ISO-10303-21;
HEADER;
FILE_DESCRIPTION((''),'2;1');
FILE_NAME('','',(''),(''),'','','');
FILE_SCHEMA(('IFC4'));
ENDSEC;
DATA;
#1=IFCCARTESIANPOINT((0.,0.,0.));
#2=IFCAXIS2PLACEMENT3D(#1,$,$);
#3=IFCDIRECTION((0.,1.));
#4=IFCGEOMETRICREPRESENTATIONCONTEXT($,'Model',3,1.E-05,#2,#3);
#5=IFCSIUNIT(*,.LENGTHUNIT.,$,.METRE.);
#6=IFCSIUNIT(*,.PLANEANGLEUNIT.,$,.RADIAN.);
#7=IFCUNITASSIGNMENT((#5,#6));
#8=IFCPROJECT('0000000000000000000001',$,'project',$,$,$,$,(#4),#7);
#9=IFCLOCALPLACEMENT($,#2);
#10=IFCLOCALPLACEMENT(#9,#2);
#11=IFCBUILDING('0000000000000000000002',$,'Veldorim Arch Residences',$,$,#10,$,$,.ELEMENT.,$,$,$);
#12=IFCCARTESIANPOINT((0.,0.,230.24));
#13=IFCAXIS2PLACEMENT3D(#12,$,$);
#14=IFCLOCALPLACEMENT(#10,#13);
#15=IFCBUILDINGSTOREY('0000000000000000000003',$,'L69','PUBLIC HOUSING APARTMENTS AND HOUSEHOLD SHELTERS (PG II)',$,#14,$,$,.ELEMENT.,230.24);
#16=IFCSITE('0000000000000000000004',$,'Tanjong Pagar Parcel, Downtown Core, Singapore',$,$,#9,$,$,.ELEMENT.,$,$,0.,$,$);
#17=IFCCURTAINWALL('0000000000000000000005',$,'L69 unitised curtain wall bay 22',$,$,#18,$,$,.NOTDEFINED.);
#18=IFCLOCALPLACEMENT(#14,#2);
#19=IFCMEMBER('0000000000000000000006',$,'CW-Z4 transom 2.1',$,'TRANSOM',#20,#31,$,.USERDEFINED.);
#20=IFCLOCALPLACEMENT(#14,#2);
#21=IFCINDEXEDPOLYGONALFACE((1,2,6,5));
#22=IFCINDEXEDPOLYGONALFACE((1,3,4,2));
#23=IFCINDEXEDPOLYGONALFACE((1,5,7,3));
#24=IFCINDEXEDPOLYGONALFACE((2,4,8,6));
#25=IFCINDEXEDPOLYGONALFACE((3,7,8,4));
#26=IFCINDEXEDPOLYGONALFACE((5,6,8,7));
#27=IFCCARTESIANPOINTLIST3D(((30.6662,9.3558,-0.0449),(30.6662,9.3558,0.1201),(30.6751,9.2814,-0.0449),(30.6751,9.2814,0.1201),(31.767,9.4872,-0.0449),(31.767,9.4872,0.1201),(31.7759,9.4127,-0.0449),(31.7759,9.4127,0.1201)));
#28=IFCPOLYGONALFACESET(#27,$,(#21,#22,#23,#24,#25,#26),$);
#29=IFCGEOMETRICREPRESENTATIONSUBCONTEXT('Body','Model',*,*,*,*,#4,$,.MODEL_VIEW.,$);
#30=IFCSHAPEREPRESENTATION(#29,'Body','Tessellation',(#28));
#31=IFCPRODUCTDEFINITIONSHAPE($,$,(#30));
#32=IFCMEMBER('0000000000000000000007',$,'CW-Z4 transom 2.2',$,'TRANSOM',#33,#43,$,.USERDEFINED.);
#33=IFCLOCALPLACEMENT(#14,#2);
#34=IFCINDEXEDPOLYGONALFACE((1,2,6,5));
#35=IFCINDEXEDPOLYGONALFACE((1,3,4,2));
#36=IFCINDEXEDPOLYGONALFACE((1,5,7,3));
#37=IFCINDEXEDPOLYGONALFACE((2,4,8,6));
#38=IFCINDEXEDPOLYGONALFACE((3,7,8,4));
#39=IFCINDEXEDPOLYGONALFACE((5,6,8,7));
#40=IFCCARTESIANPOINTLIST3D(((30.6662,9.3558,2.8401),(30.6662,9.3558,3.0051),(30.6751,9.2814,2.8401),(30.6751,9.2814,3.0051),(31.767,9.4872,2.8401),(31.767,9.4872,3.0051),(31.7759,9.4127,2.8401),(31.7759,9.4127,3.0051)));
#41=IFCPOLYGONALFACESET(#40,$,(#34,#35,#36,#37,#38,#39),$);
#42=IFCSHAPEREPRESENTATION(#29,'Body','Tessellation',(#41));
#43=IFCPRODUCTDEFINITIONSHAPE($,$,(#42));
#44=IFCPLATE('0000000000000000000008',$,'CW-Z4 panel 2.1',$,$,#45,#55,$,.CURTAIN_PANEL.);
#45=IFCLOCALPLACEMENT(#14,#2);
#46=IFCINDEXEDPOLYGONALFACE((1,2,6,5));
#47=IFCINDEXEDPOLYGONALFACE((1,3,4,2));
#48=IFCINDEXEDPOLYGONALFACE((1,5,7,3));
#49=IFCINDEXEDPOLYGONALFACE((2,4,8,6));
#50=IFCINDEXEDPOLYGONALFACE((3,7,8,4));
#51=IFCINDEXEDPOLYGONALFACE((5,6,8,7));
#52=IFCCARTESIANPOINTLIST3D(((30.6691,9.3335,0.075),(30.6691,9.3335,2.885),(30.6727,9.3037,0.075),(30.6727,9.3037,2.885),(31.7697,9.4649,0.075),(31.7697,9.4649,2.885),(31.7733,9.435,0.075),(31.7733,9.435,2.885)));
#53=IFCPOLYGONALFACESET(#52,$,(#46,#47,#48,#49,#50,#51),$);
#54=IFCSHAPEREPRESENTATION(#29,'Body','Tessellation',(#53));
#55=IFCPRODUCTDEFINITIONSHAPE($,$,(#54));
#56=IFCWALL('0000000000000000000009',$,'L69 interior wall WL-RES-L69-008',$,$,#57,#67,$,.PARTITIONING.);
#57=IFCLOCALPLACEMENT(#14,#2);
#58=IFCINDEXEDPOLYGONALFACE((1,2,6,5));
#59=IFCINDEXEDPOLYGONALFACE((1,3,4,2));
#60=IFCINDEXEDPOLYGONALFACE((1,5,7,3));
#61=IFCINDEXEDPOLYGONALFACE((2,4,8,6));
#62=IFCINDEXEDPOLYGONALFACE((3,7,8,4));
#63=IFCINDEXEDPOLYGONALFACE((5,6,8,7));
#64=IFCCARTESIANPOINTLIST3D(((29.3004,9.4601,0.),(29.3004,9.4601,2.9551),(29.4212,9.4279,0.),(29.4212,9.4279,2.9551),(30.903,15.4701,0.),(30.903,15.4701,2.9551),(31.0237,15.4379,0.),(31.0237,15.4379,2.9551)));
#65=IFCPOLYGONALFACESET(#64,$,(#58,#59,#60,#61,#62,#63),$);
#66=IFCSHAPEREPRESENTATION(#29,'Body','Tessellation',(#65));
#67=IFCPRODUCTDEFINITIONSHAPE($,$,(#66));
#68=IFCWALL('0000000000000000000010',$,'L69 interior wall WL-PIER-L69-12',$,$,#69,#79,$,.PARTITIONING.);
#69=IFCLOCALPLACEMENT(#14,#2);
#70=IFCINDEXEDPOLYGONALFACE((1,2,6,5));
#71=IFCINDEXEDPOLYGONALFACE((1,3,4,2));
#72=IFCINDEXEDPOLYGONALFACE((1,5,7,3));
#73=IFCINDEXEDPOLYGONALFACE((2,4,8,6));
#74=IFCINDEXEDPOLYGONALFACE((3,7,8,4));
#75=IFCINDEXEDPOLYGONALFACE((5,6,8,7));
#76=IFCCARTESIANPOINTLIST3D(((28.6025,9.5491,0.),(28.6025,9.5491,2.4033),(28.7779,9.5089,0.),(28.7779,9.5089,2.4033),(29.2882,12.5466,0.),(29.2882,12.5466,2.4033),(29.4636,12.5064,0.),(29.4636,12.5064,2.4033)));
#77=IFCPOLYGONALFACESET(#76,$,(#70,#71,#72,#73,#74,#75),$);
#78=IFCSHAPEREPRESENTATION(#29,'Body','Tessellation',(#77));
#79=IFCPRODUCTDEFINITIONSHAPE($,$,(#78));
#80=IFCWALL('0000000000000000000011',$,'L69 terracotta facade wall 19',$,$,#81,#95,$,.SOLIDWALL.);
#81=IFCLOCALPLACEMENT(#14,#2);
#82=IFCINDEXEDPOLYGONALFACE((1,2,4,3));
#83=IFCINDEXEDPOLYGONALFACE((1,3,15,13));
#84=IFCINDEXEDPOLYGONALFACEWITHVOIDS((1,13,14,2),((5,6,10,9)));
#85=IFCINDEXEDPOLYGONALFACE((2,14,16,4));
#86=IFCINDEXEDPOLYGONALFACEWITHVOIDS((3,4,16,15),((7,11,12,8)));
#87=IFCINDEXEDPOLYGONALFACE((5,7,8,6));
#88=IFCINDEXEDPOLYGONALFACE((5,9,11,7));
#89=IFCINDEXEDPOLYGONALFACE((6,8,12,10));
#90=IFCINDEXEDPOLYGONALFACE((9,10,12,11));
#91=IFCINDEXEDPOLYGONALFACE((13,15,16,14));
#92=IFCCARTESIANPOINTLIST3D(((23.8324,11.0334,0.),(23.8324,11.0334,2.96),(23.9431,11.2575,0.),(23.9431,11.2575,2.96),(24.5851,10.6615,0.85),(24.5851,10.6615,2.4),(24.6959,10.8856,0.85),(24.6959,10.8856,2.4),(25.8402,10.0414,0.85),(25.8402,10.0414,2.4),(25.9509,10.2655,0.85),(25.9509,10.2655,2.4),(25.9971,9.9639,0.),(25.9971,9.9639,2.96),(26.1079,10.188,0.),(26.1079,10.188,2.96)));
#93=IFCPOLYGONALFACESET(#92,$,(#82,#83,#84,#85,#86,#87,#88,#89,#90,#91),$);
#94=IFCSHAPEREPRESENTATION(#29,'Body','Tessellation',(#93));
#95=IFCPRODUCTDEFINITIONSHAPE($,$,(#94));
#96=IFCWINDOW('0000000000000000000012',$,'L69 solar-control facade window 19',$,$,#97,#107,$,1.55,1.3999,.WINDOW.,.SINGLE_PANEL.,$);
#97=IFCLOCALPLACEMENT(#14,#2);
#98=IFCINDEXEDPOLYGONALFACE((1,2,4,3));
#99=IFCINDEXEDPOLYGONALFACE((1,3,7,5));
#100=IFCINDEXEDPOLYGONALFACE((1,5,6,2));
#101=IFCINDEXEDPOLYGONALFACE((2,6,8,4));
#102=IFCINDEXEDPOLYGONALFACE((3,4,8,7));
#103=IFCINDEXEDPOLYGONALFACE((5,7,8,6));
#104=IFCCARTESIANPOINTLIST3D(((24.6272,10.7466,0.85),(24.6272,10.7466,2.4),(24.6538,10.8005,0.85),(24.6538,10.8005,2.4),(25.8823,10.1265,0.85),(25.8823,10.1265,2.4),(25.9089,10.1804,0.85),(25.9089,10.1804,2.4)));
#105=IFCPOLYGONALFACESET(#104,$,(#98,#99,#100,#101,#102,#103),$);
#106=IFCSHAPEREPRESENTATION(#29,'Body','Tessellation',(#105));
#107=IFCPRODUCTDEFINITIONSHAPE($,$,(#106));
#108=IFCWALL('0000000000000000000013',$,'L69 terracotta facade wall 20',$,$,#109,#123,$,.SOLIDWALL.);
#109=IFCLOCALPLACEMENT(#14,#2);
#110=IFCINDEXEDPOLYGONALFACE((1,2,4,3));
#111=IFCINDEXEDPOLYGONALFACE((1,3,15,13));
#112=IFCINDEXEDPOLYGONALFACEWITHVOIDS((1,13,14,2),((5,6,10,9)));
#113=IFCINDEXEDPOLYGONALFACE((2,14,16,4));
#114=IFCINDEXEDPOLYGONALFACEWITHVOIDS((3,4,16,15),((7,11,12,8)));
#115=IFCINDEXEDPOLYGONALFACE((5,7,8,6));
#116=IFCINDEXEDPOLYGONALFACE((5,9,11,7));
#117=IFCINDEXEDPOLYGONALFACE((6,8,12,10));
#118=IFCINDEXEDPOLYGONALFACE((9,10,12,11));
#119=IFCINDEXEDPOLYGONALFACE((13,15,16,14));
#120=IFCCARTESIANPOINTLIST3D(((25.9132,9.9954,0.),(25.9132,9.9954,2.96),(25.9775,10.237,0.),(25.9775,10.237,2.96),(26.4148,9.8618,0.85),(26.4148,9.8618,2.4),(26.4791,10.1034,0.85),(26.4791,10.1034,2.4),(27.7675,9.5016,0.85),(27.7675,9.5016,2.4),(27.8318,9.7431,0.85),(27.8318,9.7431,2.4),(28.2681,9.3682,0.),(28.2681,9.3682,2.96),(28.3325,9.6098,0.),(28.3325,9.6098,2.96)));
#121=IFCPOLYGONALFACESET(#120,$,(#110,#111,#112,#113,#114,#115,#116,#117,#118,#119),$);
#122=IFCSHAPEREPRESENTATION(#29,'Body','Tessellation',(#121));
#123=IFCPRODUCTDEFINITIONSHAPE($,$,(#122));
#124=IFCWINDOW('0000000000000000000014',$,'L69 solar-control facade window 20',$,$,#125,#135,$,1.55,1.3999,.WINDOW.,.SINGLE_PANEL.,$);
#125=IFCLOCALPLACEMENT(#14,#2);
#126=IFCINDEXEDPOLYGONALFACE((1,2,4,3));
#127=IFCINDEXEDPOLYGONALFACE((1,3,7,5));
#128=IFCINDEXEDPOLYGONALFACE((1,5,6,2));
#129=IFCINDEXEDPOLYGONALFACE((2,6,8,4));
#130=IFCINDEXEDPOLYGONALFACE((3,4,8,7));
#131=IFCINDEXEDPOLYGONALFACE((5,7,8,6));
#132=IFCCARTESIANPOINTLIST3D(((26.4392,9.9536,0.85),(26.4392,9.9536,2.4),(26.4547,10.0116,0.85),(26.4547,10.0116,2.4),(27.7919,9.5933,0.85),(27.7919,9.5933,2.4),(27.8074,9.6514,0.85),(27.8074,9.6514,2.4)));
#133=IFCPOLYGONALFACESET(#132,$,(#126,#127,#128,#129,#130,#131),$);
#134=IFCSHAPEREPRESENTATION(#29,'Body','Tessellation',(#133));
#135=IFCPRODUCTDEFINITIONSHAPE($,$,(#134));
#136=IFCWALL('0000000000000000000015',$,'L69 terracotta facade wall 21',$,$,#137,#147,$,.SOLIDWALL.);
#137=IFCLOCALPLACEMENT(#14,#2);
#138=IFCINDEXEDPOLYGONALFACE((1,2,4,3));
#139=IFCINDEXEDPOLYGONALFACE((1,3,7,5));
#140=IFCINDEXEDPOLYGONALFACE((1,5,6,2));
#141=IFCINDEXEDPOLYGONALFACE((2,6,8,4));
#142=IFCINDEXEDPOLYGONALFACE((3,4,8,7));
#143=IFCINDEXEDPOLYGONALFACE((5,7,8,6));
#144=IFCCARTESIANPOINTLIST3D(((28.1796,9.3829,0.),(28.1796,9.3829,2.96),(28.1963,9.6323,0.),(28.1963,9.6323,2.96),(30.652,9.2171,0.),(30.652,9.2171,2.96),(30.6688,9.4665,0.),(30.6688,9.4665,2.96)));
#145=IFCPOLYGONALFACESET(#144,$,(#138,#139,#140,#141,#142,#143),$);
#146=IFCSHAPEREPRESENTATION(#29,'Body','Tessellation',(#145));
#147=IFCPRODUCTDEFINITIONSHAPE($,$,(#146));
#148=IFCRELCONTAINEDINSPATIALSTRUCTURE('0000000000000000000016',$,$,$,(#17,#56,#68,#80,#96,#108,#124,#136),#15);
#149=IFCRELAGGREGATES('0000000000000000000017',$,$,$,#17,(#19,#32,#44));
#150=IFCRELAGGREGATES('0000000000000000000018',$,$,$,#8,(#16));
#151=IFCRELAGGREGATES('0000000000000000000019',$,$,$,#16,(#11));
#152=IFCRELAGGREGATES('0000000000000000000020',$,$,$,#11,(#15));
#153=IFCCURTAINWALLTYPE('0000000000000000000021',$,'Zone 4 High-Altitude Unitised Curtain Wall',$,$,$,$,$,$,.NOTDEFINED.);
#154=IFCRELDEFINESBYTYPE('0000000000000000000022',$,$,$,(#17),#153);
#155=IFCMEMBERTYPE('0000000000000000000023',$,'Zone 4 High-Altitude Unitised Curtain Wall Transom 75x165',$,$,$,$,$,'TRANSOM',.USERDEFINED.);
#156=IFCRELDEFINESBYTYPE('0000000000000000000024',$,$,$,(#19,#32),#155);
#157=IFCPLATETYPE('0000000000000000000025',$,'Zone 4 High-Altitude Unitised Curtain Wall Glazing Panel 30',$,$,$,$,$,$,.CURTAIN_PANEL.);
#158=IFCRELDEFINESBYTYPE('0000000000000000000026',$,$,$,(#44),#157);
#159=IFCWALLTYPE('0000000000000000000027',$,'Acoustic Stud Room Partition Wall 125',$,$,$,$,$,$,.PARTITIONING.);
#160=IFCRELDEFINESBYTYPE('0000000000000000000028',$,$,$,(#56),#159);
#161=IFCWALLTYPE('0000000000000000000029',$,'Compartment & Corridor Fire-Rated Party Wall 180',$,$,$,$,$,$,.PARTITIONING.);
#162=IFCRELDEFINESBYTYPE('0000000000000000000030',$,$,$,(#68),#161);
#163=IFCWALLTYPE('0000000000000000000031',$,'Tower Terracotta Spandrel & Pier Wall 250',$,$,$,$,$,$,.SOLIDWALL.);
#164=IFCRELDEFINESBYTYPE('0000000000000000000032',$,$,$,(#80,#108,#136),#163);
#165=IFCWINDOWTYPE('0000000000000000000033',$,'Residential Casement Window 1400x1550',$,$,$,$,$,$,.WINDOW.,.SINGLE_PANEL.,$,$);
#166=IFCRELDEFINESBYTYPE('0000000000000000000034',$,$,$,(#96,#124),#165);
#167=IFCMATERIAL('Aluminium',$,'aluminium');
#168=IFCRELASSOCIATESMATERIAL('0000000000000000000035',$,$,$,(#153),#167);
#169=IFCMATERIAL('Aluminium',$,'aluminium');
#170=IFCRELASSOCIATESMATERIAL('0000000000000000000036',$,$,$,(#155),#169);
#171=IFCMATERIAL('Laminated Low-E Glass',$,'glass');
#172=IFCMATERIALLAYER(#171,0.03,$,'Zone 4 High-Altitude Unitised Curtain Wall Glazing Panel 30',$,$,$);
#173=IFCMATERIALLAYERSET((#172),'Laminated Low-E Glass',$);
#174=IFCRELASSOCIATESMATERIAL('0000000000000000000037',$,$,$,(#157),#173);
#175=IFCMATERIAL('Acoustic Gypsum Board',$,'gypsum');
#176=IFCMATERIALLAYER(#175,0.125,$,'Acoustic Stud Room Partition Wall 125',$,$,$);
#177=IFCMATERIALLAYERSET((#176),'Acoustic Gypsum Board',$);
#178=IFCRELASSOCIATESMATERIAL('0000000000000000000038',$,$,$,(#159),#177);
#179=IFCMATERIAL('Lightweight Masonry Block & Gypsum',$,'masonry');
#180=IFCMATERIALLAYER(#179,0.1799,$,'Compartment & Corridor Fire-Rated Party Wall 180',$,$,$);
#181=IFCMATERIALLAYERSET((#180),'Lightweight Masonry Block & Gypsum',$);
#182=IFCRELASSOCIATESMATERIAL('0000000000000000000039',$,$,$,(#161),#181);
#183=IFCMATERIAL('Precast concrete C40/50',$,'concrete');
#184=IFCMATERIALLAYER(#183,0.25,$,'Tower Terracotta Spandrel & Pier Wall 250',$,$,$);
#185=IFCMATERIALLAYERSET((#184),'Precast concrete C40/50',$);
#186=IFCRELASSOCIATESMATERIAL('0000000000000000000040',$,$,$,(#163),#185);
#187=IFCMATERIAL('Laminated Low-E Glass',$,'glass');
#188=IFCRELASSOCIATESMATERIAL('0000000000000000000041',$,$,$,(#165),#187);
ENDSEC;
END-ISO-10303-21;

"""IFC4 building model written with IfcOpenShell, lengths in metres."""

from ifc_helpers import new_model, si_unit, direction, frame, frame_2d, origin, origin_2d, place, context, subcontext, project, spatial, rectangle, extrude, material, layer, layer_set, material_profile, profile_set, type_object, element, fill, aggregate, save


model = new_model("IFC4")

# Units and contexts
model_context = context("Model", 3, precision=1e-05, world=origin(), true_north=direction((0.0, 1.0)))
body_context = subcontext(model_context, "Body", "Model", "MODEL_VIEW")
ifc_project = project(units=[si_unit("LENGTHUNIT", "METRE"), si_unit("PLANEANGLEUNIT", "RADIAN")], contexts=[model_context])

# Site, building, storey
site_placement = place(None, origin())
site = spatial("IfcSite", under=ifc_project, at=site_placement, Name="Tanjong Pagar Parcel, Downtown Core, Singapore", CompositionType="ELEMENT", RefElevation=0.0)
building_placement = place(site_placement, origin())
building = spatial("IfcBuilding", under=site, at=building_placement, Name="Veldorim Arch Residences", CompositionType="ELEMENT")
storey_placement = place(building_placement, frame((0.0, 0.0, 230.24)))
storey = spatial("IfcBuildingStorey", under=building, at=storey_placement, Name="L69", Description="PUBLIC HOUSING APARTMENTS AND HOUSEHOLD SHELTERS (PG II)", CompositionType="ELEMENT", Elevation=230.24)

# Curtain wall, members, plate
ifc_material_1 = material(Name="Aluminium", Category="aluminium")
curtain_wall_type = type_object("IfcCurtainWallType", Name="Zone 4 High-Altitude Unitised Curtain Wall", PredefinedType="NOTDEFINED", material=ifc_material_1)
curtain_wall_placement = place(storey_placement, origin())
curtain_wall = element("IfcCurtainWall", 1, at=curtain_wall_placement, inside=storey, type_object=curtain_wall_type, Name="L69 unitised curtain wall bay 22", PredefinedType="NOTDEFINED")
ifc_material_2 = material(Name="Aluminium", Category="aluminium")
ifc_material_profile_1 = material_profile(ifc_material_2, rectangle(XDim=0.075, YDim=0.165, at=origin_2d()), Name="ALU_TRN_75x165")
ifc_profile_set_1 = profile_set([ifc_material_profile_1], Name="Aluminium")
member_type_1 = type_object("IfcMemberType", Name="Zone 4 High-Altitude Unitised Curtain Wall Transom 75x165", ElementType="TRANSOM", PredefinedType="USERDEFINED", material=ifc_profile_set_1)
member_1_placement = place(storey_placement, frame((31.7715, 9.45, 0.0376), z_axis=(-0.992957, -0.118477, 0.0), x_axis=(0.118477, -0.992957, 0.0)))
member_1 = element("IfcMember", 2, at=member_1_placement, type_object=member_type_1, Name="CW-Z4 transom 2.1", ObjectType="TRANSOM", PredefinedType="USERDEFINED", context=body_context, shape_type="SweptSolid", body=[
    extrude(rectangle(XDim=0.075, YDim=0.165, at=origin_2d()), origin(), (0.0, 0.0, 1.0), 1.1086),
])
member_2_placement = place(storey_placement, frame((31.7715, 9.45, 2.9226), z_axis=(-0.992957, -0.118477, 0.0), x_axis=(0.118477, -0.992957, 0.0)))
member_2 = element("IfcMember", 3, at=member_2_placement, type_object=member_type_1, Name="CW-Z4 transom 2.2", ObjectType="TRANSOM", PredefinedType="USERDEFINED", context=body_context, shape_type="SweptSolid", body=[
    extrude(rectangle(XDim=0.075, YDim=0.165, at=origin_2d()), origin(), (0.0, 0.0, 1.0), 1.1086),
])
ifc_material_3 = material(Name="Laminated Low-E Glass", Category="glass")
ifc_layer_1 = layer(ifc_material_3, 0.03, Name="Zone 4 High-Altitude Unitised Curtain Wall Glazing Panel 30")
ifc_layer_set_1 = layer_set([ifc_layer_1], Name="Laminated Low-E Glass")
plate_type = type_object("IfcPlateType", Name="Zone 4 High-Altitude Unitised Curtain Wall Glazing Panel 30", PredefinedType="CURTAIN_PANEL", material=ifc_layer_set_1)
plate_placement = place(storey_placement, frame((31.2212, 9.3843, 0.075), z_axis=(0.0, 0.0, 1.0), x_axis=(-0.992953, -0.118509, 0.0)))
plate = element("IfcPlate", 4, at=plate_placement, type_object=plate_type, Name="CW-Z4 panel 2.1", PredefinedType="CURTAIN_PANEL", context=body_context, shape_type="SweptSolid", body=[
    extrude(rectangle(XDim=1.1084, YDim=0.03, at=origin_2d()), origin(), (0.0, 0.0, 1.0), 2.8101),
])
aggregate(curtain_wall, [member_1, member_2, plate])

# Walls
ifc_material_4 = material(Name="Acoustic Gypsum Board", Category="gypsum")
ifc_layer_2 = layer(ifc_material_4, 0.125, Name="Acoustic Stud Room Partition Wall 125")
ifc_layer_set_2 = layer_set([ifc_layer_2], Name="Acoustic Gypsum Board")
wall_type_1 = type_object("IfcWallType", Name="Acoustic Stud Room Partition Wall 125", PredefinedType="PARTITIONING", material=ifc_layer_set_2)
wall_1_placement = place(storey_placement, frame((29.3608, 9.4441, 0.0), z_axis=(0.0, 0.0, 1.0), x_axis=(0.257643, 0.96624, 0.0)))
element("IfcWall", 5, at=wall_1_placement, inside=storey, type_object=wall_type_1, Name="L69 interior wall WL-RES-L69-008", PredefinedType="PARTITIONING", context=body_context, shape_type="SweptSolid", body=[
    extrude(rectangle(XDim=6.22, YDim=0.125, at=frame_2d((3.1099, 0.0))), origin(), (0.0, 0.0, 1.0), 2.9551),
])
ifc_material_5 = material(Name="Lightweight Masonry Block & Gypsum", Category="masonry")
ifc_layer_3 = layer(ifc_material_5, 0.1799, Name="Compartment & Corridor Fire-Rated Party Wall 180")
ifc_layer_set_3 = layer_set([ifc_layer_3], Name="Lightweight Masonry Block & Gypsum")
wall_type_2 = type_object("IfcWallType", Name="Compartment & Corridor Fire-Rated Party Wall 180", PredefinedType="PARTITIONING", material=ifc_layer_set_3)
wall_2_placement = place(storey_placement, frame((29.376, 12.5266, 0.0), z_axis=(0.0, 0.0, 1.0), x_axis=(-0.223021, -0.974814, 0.0)))
element("IfcWall", 6, at=wall_2_placement, inside=storey, type_object=wall_type_2, Name="L69 interior wall WL-PIER-L69-12", PredefinedType="PARTITIONING", context=body_context, shape_type="SweptSolid", body=[
    extrude(rectangle(XDim=3.075, YDim=0.1799, at=frame_2d((1.5376, 0.0))), origin(), (0.0, 0.0, 1.0), 2.4033),
])

# Walls, openings, windows
ifc_material_6 = material(Name="Precast concrete C40/50", Category="concrete")
ifc_layer_4 = layer(ifc_material_6, 0.25, Name="Tower Terracotta Spandrel & Pier Wall 250")
ifc_layer_set_4 = layer_set([ifc_layer_4], Name="Precast concrete C40/50")
wall_type_3 = type_object("IfcWallType", Name="Tower Terracotta Spandrel & Pier Wall 250", PredefinedType="SOLIDWALL", material=ifc_layer_set_4)
wall_3_placement = place(storey_placement, frame((26.0525, 10.0759, 0.0), z_axis=(0.0, 0.0, 1.0), x_axis=(-0.89654, 0.442962, 0.0)))
wall_3 = element("IfcWall", 7, at=wall_3_placement, inside=storey, type_object=wall_type_3, Name="L69 terracotta facade wall 19", PredefinedType="SOLIDWALL", context=body_context, shape_type="SweptSolid", body=[
    extrude(rectangle(XDim=2.4146, YDim=0.25, at=frame_2d((1.2073, 0.0))), origin(), (0.0, 0.0, 1.0), 2.96),
])
opening_1_placement = place(wall_3_placement, frame((0.175, 0.0, 0.8501)))
opening_1 = element("IfcOpeningElement", 8, at=opening_1_placement, cuts=wall_3, PredefinedType="OPENING", context=body_context, shape_type="SweptSolid", body=[
    extrude(rectangle(XDim=1.3999, YDim=1.55, at=frame_2d((0.7, 0.7749))), frame((0.0, 0.135, 0.0), z_axis=(0.0, -1.0, 0.0), x_axis=(1.0, 0.0, 0.0)), (0.0, 0.0, 1.0), 0.27),
])
ifc_material_7 = material(Name="Laminated Low-E Glass", Category="glass")
window_type = type_object("IfcWindowType", Name="Residential Casement Window 1400x1550", PartitioningType="SINGLE_PANEL", PredefinedType="WINDOW", material=ifc_material_7)
window_1_placement = place(opening_1_placement, origin())
window_1 = element("IfcWindow", 9, at=window_1_placement, inside=storey, type_object=window_type, Name="L69 solar-control facade window 19", OverallHeight=1.55, OverallWidth=1.3999, PartitioningType="SINGLE_PANEL", PredefinedType="WINDOW", context=body_context, shape_type="SweptSolid", body=[
    extrude(rectangle(XDim=1.3999, YDim=1.55, at=frame_2d((0.7, 0.7749))), frame((0.0, 0.03, 0.0), z_axis=(0.0, -1.0, 0.0), x_axis=(1.0, 0.0, 0.0)), (0.0, 0.0, 1.0), 0.0601),
])
fill(opening_1, window_1)
wall_4_placement = place(storey_placement, frame((28.3003, 9.489, 0.0), z_axis=(0.0, 0.0, 1.0), x_axis=(-0.966316, 0.257357, 0.0)))
wall_4 = element("IfcWall", 10, at=wall_4_placement, inside=storey, type_object=wall_type_3, Name="L69 terracotta facade wall 20", PredefinedType="SOLIDWALL", context=body_context, shape_type="SweptSolid", body=[
    extrude(rectangle(XDim=2.437, YDim=0.25, at=frame_2d((1.2185, 0.0))), origin(), (0.0, 0.0, 1.0), 2.96),
])
opening_2_placement = place(wall_4_placement, frame((0.5181, 0.0, 0.8501)))
opening_2 = element("IfcOpeningElement", 11, at=opening_2_placement, cuts=wall_4, PredefinedType="OPENING", context=body_context, shape_type="SweptSolid", body=[
    extrude(rectangle(XDim=1.3999, YDim=1.55, at=frame_2d((0.7, 0.7749))), frame((0.0, 0.135, 0.0), z_axis=(0.0, -1.0, 0.0), x_axis=(1.0, 0.0, 0.0)), (0.0, 0.0, 1.0), 0.27),
])
window_2_placement = place(opening_2_placement, origin())
window_2 = element("IfcWindow", 12, at=window_2_placement, inside=storey, type_object=window_type, Name="L69 solar-control facade window 20", OverallHeight=1.55, OverallWidth=1.3999, PartitioningType="SINGLE_PANEL", PredefinedType="WINDOW", context=body_context, shape_type="SweptSolid", body=[
    extrude(rectangle(XDim=1.3999, YDim=1.55, at=frame_2d((0.7, 0.7749))), frame((0.0, 0.03, 0.0), z_axis=(0.0, -1.0, 0.0), x_axis=(1.0, 0.0, 0.0)), (0.0, 0.0, 1.0), 0.0601),
])
fill(opening_2, window_2)

# Wall
wall_5_placement = place(storey_placement, frame((30.6604, 9.3418, 0.0), z_axis=(0.0, 0.0, 1.0), x_axis=(-0.99776, 0.066898, 0.0)))
element("IfcWall", 13, at=wall_5_placement, inside=storey, type_object=wall_type_3, Name="L69 terracotta facade wall 21", PredefinedType="SOLIDWALL", context=body_context, shape_type="SweptSolid", body=[
    extrude(rectangle(XDim=2.478, YDim=0.25, at=frame_2d((1.239, 0.0))), origin(), (0.0, 0.0, 1.0), 2.96),
])

save(model, "model.ifc")
